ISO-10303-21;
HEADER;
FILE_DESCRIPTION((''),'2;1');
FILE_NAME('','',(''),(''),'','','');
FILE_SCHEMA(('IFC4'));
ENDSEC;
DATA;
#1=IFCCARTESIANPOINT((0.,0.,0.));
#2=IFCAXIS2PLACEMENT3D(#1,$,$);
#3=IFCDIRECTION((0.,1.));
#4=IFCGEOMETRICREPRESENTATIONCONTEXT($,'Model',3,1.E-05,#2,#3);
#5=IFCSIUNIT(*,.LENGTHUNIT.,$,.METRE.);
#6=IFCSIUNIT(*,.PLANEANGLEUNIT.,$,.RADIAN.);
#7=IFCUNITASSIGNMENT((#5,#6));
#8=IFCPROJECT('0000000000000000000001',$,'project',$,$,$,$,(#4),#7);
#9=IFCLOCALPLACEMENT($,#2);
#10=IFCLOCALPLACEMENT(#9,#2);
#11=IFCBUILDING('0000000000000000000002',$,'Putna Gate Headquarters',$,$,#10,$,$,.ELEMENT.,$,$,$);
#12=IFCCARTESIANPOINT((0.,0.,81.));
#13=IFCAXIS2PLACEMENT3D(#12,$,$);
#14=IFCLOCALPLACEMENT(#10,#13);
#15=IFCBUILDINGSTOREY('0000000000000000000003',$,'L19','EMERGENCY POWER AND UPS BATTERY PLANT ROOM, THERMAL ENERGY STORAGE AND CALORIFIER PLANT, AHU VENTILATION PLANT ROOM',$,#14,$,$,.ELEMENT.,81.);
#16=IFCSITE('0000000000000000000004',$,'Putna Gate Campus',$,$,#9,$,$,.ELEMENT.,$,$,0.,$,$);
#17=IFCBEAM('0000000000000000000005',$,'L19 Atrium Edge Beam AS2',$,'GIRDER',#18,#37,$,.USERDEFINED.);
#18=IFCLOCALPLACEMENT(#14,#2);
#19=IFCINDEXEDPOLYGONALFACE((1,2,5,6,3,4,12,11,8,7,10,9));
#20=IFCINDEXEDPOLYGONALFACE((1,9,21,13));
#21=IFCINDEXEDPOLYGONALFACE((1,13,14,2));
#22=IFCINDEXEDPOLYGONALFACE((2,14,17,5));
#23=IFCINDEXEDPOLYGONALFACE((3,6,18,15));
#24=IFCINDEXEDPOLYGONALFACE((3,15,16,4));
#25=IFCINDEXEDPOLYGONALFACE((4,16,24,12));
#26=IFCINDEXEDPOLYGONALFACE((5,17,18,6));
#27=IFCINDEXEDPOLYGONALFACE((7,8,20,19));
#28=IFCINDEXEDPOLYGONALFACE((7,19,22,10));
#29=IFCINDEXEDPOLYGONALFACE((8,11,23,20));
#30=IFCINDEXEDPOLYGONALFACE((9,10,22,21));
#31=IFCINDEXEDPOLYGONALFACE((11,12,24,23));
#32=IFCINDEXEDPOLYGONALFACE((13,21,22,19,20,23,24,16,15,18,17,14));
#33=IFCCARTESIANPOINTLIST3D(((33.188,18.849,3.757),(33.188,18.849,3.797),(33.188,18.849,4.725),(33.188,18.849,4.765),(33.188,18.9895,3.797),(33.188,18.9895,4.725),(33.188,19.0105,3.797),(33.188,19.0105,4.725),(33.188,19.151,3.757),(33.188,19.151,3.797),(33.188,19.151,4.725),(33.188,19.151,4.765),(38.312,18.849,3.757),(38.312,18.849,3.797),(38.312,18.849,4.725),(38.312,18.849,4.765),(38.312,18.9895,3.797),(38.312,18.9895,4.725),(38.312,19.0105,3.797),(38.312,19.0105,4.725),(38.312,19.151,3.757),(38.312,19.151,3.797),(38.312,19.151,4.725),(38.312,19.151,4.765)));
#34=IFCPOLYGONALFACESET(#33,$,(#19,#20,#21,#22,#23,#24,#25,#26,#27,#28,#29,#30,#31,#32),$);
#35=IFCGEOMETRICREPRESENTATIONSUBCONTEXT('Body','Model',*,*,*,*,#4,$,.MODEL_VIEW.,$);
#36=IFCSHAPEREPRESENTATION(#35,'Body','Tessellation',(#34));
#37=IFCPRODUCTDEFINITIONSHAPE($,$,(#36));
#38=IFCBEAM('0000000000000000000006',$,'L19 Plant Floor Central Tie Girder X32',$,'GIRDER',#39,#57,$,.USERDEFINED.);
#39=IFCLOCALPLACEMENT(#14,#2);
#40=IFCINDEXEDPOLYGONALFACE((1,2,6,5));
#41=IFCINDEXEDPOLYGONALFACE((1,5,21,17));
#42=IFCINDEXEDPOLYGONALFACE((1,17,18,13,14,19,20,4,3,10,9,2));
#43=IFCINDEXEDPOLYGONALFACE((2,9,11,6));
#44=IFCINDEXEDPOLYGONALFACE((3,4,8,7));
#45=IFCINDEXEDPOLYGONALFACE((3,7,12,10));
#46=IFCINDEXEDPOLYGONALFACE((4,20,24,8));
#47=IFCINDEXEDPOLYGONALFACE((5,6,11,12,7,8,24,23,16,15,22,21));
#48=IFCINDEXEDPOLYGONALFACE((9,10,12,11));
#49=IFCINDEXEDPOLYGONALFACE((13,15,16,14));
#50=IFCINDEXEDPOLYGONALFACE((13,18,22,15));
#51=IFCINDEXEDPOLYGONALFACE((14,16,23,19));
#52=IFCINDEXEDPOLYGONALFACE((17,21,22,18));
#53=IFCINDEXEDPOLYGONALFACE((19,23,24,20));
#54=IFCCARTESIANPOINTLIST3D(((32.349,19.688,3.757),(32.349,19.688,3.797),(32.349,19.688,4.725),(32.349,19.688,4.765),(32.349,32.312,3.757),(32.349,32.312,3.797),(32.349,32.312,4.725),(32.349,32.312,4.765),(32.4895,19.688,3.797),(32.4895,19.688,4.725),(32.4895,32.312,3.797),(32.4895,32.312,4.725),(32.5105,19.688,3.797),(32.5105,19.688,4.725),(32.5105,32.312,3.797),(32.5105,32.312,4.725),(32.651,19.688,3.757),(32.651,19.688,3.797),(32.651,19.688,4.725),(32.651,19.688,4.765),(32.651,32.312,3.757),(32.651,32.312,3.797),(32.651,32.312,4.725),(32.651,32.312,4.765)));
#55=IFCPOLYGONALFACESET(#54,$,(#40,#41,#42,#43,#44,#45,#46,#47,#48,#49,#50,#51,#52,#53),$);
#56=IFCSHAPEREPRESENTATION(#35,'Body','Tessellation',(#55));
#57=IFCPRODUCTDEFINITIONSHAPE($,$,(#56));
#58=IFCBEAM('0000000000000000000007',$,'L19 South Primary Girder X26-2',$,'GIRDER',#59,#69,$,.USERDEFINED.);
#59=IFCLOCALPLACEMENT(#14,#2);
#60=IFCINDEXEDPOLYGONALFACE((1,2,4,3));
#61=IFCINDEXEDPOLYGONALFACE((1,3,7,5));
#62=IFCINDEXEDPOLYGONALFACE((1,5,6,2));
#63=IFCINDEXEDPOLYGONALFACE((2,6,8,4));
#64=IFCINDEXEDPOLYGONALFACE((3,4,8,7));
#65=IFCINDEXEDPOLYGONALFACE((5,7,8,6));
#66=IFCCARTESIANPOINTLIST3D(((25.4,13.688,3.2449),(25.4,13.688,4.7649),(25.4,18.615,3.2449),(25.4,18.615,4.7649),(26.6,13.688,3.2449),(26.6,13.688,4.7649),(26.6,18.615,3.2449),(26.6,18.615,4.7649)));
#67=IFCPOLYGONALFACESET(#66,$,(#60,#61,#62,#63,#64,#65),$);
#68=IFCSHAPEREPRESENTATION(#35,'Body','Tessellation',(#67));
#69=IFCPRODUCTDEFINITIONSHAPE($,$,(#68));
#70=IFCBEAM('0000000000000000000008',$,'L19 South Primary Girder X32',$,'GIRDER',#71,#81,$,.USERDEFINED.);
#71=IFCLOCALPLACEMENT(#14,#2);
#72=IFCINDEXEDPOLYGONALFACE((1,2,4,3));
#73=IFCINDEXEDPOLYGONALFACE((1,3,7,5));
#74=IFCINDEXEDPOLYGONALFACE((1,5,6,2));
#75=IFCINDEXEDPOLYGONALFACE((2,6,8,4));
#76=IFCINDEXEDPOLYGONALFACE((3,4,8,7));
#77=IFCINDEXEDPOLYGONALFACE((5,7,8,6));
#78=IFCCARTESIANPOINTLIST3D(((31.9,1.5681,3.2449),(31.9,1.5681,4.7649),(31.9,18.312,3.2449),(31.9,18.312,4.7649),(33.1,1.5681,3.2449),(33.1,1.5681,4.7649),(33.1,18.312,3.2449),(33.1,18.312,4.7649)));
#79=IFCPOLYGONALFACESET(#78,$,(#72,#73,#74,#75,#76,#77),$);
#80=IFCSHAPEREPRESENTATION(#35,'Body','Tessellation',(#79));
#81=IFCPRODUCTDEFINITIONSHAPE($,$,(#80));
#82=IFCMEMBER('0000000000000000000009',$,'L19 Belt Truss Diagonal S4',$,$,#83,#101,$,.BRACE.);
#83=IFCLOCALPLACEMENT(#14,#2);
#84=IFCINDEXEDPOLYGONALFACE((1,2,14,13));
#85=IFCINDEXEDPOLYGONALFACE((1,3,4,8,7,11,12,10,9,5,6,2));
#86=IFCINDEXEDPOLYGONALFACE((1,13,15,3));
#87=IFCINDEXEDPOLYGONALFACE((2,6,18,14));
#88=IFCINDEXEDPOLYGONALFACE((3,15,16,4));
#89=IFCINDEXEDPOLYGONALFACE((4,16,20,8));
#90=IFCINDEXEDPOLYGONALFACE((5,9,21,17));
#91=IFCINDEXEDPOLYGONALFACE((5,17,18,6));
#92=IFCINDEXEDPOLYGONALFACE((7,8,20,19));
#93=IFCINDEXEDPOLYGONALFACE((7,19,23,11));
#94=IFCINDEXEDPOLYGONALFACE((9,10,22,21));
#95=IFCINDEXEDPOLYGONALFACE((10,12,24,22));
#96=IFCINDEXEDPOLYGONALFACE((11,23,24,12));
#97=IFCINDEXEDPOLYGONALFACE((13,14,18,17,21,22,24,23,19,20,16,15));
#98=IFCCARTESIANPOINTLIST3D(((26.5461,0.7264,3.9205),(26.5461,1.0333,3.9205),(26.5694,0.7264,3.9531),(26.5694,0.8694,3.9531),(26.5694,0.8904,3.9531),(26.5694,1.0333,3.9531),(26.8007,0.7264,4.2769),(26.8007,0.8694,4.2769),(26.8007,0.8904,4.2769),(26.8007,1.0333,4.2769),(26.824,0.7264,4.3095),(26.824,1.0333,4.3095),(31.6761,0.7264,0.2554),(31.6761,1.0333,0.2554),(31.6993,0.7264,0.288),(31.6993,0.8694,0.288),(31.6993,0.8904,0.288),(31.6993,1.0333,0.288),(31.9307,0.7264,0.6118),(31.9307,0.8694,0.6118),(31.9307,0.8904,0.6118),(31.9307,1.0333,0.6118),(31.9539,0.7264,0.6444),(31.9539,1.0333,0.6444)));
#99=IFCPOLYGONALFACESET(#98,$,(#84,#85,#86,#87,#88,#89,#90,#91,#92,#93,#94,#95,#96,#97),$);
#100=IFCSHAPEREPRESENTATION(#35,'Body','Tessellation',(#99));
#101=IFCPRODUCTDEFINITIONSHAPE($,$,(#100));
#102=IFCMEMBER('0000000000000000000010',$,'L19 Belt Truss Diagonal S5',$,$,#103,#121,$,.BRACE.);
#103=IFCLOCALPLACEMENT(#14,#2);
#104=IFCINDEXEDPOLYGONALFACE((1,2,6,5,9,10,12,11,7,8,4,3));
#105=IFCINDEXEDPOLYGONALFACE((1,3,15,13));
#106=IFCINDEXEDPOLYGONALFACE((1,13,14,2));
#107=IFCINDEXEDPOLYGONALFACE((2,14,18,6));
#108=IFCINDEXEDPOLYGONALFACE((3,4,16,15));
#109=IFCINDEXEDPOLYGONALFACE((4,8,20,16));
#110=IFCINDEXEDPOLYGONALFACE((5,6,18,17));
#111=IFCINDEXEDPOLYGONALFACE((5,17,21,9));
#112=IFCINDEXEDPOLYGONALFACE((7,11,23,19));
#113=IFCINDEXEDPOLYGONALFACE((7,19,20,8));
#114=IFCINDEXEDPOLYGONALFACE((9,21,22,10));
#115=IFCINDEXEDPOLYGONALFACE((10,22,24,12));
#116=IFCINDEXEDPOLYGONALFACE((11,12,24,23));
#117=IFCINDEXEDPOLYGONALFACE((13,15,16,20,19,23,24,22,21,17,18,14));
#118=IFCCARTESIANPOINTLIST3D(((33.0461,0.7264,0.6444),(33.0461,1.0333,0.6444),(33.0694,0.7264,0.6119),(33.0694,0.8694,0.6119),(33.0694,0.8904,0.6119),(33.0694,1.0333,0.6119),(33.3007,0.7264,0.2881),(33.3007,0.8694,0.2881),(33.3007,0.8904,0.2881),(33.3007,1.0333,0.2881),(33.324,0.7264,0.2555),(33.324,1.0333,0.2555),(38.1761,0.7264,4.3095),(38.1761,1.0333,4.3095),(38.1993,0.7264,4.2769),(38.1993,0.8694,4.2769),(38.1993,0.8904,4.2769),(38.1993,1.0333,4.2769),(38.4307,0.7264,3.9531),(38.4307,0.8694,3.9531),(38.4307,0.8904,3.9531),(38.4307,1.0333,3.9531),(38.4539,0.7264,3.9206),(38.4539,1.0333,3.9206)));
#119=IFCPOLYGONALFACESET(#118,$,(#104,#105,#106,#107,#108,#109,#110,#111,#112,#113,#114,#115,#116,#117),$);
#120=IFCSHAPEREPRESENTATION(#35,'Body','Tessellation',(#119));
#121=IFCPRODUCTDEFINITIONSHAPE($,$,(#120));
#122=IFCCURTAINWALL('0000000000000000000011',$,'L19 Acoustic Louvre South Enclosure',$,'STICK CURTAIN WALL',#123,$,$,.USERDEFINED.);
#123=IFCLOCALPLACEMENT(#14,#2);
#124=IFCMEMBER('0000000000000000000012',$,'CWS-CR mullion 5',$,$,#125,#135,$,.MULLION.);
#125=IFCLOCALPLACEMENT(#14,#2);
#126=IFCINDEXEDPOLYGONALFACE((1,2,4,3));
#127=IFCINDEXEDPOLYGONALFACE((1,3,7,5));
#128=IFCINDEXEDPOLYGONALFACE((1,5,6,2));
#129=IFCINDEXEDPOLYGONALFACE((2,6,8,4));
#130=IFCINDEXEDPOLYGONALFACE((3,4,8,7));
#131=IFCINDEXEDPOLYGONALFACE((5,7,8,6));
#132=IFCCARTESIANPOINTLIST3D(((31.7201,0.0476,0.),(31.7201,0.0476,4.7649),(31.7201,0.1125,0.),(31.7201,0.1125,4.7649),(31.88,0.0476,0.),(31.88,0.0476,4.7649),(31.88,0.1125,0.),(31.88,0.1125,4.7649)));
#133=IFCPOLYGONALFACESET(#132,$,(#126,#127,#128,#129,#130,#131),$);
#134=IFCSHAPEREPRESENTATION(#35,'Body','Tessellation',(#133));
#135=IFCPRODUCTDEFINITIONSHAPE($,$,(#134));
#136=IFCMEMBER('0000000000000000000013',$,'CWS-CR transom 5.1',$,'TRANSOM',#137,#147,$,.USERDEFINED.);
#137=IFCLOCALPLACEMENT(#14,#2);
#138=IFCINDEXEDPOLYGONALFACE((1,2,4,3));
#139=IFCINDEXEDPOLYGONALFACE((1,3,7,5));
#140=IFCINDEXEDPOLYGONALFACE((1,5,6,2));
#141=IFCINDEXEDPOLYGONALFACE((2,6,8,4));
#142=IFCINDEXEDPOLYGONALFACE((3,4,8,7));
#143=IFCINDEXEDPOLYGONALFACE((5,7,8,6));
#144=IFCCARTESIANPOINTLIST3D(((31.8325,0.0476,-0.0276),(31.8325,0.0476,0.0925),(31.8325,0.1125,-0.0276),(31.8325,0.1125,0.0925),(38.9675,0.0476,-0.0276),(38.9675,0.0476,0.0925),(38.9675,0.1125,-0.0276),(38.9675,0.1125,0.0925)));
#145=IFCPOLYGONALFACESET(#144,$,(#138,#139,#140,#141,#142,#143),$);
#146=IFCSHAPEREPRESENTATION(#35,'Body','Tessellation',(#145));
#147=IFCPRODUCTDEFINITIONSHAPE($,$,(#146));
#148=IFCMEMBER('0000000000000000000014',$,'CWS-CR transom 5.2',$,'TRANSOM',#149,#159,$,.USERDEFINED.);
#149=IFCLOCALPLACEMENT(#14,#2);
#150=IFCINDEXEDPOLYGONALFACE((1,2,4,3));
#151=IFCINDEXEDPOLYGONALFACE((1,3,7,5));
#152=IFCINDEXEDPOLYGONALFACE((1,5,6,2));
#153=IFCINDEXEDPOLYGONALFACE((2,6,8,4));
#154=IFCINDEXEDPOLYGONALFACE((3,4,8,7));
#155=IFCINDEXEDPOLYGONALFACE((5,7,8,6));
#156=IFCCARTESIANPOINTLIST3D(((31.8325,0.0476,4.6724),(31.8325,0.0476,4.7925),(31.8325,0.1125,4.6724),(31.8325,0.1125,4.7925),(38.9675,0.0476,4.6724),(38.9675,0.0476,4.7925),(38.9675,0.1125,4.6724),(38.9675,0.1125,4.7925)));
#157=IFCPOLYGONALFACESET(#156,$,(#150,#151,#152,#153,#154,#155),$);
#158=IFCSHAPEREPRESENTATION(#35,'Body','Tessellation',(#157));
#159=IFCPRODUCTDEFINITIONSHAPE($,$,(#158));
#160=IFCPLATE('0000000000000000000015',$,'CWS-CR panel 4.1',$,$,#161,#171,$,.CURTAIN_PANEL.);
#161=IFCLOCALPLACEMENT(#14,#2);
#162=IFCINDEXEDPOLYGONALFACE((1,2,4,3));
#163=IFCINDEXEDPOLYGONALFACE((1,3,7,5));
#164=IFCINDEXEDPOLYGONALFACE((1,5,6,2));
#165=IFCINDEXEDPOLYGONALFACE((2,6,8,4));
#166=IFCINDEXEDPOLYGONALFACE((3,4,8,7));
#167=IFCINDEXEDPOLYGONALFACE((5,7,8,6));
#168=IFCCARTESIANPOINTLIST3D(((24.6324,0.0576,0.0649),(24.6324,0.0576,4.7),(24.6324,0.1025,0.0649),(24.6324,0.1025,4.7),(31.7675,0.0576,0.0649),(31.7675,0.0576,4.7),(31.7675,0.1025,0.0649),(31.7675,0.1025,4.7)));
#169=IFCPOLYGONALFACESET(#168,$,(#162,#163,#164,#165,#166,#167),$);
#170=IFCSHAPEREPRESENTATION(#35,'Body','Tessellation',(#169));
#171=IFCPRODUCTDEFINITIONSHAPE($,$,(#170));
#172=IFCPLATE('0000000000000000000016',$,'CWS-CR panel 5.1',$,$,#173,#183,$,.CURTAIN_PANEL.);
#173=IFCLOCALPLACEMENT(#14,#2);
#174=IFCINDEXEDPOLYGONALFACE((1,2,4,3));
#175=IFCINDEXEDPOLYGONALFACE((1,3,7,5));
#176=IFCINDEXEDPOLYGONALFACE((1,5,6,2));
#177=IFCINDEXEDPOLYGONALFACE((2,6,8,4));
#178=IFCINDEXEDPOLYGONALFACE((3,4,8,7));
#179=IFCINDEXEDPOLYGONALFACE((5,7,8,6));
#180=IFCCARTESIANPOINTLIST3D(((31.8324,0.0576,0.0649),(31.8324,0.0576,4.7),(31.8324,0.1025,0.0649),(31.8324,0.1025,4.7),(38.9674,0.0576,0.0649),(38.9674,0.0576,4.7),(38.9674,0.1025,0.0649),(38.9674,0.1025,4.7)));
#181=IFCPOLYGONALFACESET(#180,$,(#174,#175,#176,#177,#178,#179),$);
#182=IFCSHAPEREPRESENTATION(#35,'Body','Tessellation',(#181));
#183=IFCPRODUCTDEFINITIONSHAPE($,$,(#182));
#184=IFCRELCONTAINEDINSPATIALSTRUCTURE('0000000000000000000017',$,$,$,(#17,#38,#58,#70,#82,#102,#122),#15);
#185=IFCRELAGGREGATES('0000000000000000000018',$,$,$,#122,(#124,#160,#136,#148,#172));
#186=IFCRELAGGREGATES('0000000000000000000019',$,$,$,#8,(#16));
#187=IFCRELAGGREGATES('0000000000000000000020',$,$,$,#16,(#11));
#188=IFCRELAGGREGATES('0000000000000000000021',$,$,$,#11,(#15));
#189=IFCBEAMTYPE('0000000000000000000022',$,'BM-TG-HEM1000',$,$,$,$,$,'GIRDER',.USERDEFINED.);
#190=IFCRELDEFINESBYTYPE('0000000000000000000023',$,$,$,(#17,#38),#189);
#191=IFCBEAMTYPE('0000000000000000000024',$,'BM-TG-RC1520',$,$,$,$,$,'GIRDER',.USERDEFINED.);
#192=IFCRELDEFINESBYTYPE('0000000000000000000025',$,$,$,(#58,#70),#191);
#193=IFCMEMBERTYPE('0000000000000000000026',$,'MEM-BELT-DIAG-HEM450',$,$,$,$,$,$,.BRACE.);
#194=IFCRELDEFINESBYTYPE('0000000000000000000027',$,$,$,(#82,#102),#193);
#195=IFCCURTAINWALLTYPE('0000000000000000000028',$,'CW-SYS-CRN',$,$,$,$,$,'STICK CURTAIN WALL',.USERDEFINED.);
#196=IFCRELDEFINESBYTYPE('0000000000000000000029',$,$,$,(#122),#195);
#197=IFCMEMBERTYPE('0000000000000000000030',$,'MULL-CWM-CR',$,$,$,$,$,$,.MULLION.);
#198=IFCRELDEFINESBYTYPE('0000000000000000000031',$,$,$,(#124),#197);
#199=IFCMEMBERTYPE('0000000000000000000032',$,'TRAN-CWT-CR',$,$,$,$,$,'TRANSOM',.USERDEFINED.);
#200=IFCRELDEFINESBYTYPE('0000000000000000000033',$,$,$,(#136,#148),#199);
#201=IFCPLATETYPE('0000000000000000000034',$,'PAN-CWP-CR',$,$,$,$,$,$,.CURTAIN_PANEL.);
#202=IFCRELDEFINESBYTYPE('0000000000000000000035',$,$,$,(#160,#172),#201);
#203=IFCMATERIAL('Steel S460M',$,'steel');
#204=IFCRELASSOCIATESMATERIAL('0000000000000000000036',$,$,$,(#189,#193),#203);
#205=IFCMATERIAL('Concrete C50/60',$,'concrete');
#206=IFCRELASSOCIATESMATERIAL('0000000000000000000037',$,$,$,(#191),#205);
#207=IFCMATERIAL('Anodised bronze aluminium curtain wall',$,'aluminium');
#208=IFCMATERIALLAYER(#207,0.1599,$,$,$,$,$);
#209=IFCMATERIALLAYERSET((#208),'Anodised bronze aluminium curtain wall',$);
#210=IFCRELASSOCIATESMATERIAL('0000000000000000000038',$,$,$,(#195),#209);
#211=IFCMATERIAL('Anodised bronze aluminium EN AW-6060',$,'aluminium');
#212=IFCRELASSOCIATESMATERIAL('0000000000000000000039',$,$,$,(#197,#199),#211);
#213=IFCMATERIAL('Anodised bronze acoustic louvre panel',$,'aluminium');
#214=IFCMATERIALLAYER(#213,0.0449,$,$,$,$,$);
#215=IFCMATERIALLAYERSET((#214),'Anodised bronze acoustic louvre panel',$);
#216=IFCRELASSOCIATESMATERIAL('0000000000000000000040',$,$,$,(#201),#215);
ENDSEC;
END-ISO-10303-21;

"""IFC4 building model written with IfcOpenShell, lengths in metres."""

from ifc_helpers import new_model, si_unit, direction, frame, origin, origin_2d, place, context, subcontext, project, spatial, rectangle, i_section, extrude, material, layer, layer_set, material_profile, profile_set, type_object, element, aggregate, save


model = new_model("IFC4")

# Units and contexts
model_context = context("Model", 3, precision=1e-05, world=origin(), true_north=direction((0.0, 1.0)))
body_context = subcontext(model_context, "Body", "Model", "MODEL_VIEW")
ifc_project = project(units=[si_unit("LENGTHUNIT", "METRE"), si_unit("PLANEANGLEUNIT", "RADIAN")], contexts=[model_context])

# Site, building, storey
site_placement = place(None, origin())
site = spatial("IfcSite", under=ifc_project, at=site_placement, Name="Putna Gate Campus", CompositionType="ELEMENT", RefElevation=0.0)
building_placement = place(site_placement, origin())
building = spatial("IfcBuilding", under=site, at=building_placement, Name="Putna Gate Headquarters", CompositionType="ELEMENT")
storey_placement = place(building_placement, frame((0.0, 0.0, 81.0)))
storey = spatial("IfcBuildingStorey", under=building, at=storey_placement, Name="L19", Description="EMERGENCY POWER AND UPS BATTERY PLANT ROOM, THERMAL ENERGY STORAGE AND CALORIFIER PLANT, AHU VENTILATION PLANT ROOM", CompositionType="ELEMENT", Elevation=81.0)

# Beams
ifc_material_1 = material(Name="Steel S460M", Category="steel")
ifc_material_profile_1 = material_profile(ifc_material_1, i_section(OverallWidth=0.302, OverallDepth=1.0081, WebThickness=0.021, FlangeThickness=0.04, at=origin_2d()), Name="Steel S460M")
ifc_profile_set_1 = profile_set([ifc_material_profile_1], Name="Steel S460M")
beam_type_1 = type_object("IfcBeamType", Name="BM-TG-HEM1000", ElementType="GIRDER", PredefinedType="USERDEFINED", material=ifc_profile_set_1)
beam_1_placement = place(storey_placement, frame((33.188, 19.0, 4.261), z_axis=(1.0, 0.0, 0.0), x_axis=(0.0, 1.0, 0.0)))
element("IfcBeam", 1, at=beam_1_placement, inside=storey, type_object=beam_type_1, Name="L19 Atrium Edge Beam AS2", ObjectType="GIRDER", PredefinedType="USERDEFINED", context=body_context, shape_type="SweptSolid", body=[
    extrude(i_section(OverallWidth=0.302, OverallDepth=1.0081, WebThickness=0.021, FlangeThickness=0.04, at=origin_2d()), origin(), (0.0, 0.0, 1.0), 5.124),
])
beam_2_placement = place(storey_placement, frame((32.5, 19.688, 4.261), z_axis=(0.0, 1.0, 0.0), x_axis=(-1.0, 0.0, 0.0)))
element("IfcBeam", 2, at=beam_2_placement, inside=storey, type_object=beam_type_1, Name="L19 Plant Floor Central Tie Girder X32", ObjectType="GIRDER", PredefinedType="USERDEFINED", context=body_context, shape_type="SweptSolid", body=[
    extrude(i_section(OverallWidth=0.302, OverallDepth=1.0081, WebThickness=0.021, FlangeThickness=0.04, at=origin_2d()), origin(), (0.0, 0.0, 1.0), 12.624),
])
ifc_material_2 = material(Name="Concrete C50/60", Category="concrete")
ifc_material_profile_2 = material_profile(ifc_material_2, rectangle(XDim=1.2, YDim=1.52, at=origin_2d()), Name="Concrete C50/60")
ifc_profile_set_2 = profile_set([ifc_material_profile_2], Name="Concrete C50/60")
beam_type_2 = type_object("IfcBeamType", Name="BM-TG-RC1520", ElementType="GIRDER", PredefinedType="USERDEFINED", material=ifc_profile_set_2)
beam_3_placement = place(storey_placement, frame((26.0, 13.688, 4.0049), z_axis=(0.0, 1.0, 0.0), x_axis=(-1.0, 0.0, 0.0)))
element("IfcBeam", 3, at=beam_3_placement, inside=storey, type_object=beam_type_2, Name="L19 South Primary Girder X26-2", ObjectType="GIRDER", PredefinedType="USERDEFINED", context=body_context, shape_type="SweptSolid", body=[
    extrude(rectangle(XDim=1.2, YDim=1.52, at=origin_2d()), origin(), (0.0, 0.0, 1.0), 4.927),
])
beam_4_placement = place(storey_placement, frame((32.5, 1.5681, 4.0049), z_axis=(0.0, 1.0, 0.0), x_axis=(-1.0, 0.0, 0.0)))
element("IfcBeam", 4, at=beam_4_placement, inside=storey, type_object=beam_type_2, Name="L19 South Primary Girder X32", ObjectType="GIRDER", PredefinedType="USERDEFINED", context=body_context, shape_type="SweptSolid", body=[
    extrude(rectangle(XDim=1.2, YDim=1.52, at=origin_2d()), origin(), (0.0, 0.0, 1.0), 16.7439),
])

# Members
ifc_material_profile_3 = material_profile(ifc_material_1, i_section(OverallWidth=0.3069, OverallDepth=0.478, WebThickness=0.021, FlangeThickness=0.04, at=origin_2d()), Name="Steel S460M")
ifc_profile_set_3 = profile_set([ifc_material_profile_3], Name="Steel S460M")
member_type_1 = type_object("IfcMemberType", Name="MEM-BELT-DIAG-HEM450", PredefinedType="BRACE", material=ifc_profile_set_3)
for number, where, z_axis, x_axis, name in (
    (5, (26.6851, 0.8799, 4.115), (0.813671, 0.0, -0.581326), (0.0, 1.0, 0.0), "L19 Belt Truss Diagonal S4"),
    (6, (33.1851, 0.8799, 0.45), (0.813671, 0.0, 0.581326), (0.0, 1.0, 0.0), "L19 Belt Truss Diagonal S5"),
):
    element("IfcMember", number, at=place(storey_placement, frame(where, z_axis=z_axis, x_axis=x_axis)), inside=storey, type_object=member_type_1, Name=name, PredefinedType="BRACE", context=body_context, shape_type="SweptSolid", body=[
        extrude(i_section(OverallWidth=0.3069, OverallDepth=0.478, WebThickness=0.021, FlangeThickness=0.04, at=origin_2d()), origin(), (0.0, 0.0, 1.0), 6.3047),
    ])

# Curtain wall, members, plates
ifc_material_3 = material(Name="Anodised bronze aluminium curtain wall", Category="aluminium")
ifc_layer_1 = layer(ifc_material_3, 0.1599)
ifc_layer_set_1 = layer_set([ifc_layer_1], Name="Anodised bronze aluminium curtain wall")
curtain_wall_type = type_object("IfcCurtainWallType", Name="CW-SYS-CRN", ElementType="STICK CURTAIN WALL", PredefinedType="USERDEFINED", material=ifc_layer_set_1)
curtain_wall_placement = place(storey_placement, origin())
curtain_wall = element("IfcCurtainWall", 7, at=curtain_wall_placement, inside=storey, type_object=curtain_wall_type, Name="L19 Acoustic Louvre South Enclosure", ObjectType="STICK CURTAIN WALL", PredefinedType="USERDEFINED")
ifc_material_4 = material(Name="Anodised bronze aluminium EN AW-6060", Category="aluminium")
ifc_material_profile_4 = material_profile(ifc_material_4, rectangle(XDim=0.0649, YDim=0.1599, at=origin_2d()), Name="Anodised bronze aluminium EN AW-6060")
ifc_profile_set_4 = profile_set([ifc_material_profile_4], Name="Anodised bronze aluminium EN AW-6060")
member_type_2 = type_object("IfcMemberType", Name="MULL-CWM-CR", PredefinedType="MULLION", material=ifc_profile_set_4)
member_1_placement = place(storey_placement, frame((31.8, 0.0801, 0.0), z_axis=(0.0, 0.0, 1.0), x_axis=(0.0, 1.0, 0.0)))
member_1 = element("IfcMember", 8, at=member_1_placement, type_object=member_type_2, Name="CWS-CR mullion 5", PredefinedType="MULLION", context=body_context, shape_type="SweptSolid", body=[
    extrude(rectangle(XDim=0.0649, YDim=0.1599, at=origin_2d()), origin(), (0.0, 0.0, 1.0), 4.7649),
])
ifc_material_profile_5 = material_profile(ifc_material_4, rectangle(XDim=0.0649, YDim=0.1201, at=origin_2d()), Name="Anodised bronze aluminium EN AW-6060")
ifc_profile_set_5 = profile_set([ifc_material_profile_5], Name="Anodised bronze aluminium EN AW-6060")
member_type_3 = type_object("IfcMemberType", Name="TRAN-CWT-CR", ElementType="TRANSOM", PredefinedType="USERDEFINED", material=ifc_profile_set_5)
member_2_placement = place(storey_placement, frame((31.8325, 0.0801, 0.0325), z_axis=(1.0, 0.0, 0.0), x_axis=(0.0, 1.0, 0.0)))
member_2 = element("IfcMember", 9, at=member_2_placement, type_object=member_type_3, Name="CWS-CR transom 5.1", ObjectType="TRANSOM", PredefinedType="USERDEFINED", context=body_context, shape_type="SweptSolid", body=[
    extrude(rectangle(XDim=0.0649, YDim=0.1201, at=origin_2d()), origin(), (0.0, 0.0, 1.0), 7.135),
])
member_3_placement = place(storey_placement, frame((31.8325, 0.0801, 4.7324), z_axis=(1.0, 0.0, 0.0), x_axis=(0.0, 1.0, 0.0)))
member_3 = element("IfcMember", 10, at=member_3_placement, type_object=member_type_3, Name="CWS-CR transom 5.2", ObjectType="TRANSOM", PredefinedType="USERDEFINED", context=body_context, shape_type="SweptSolid", body=[
    extrude(rectangle(XDim=0.0649, YDim=0.1201, at=origin_2d()), origin(), (0.0, 0.0, 1.0), 7.135),
])
ifc_material_5 = material(Name="Anodised bronze acoustic louvre panel", Category="aluminium")
ifc_layer_2 = layer(ifc_material_5, 0.0449)
ifc_layer_set_2 = layer_set([ifc_layer_2], Name="Anodised bronze acoustic louvre panel")
plate_type_1 = type_object("IfcPlateType", Name="PAN-CWP-CR", PredefinedType="CURTAIN_PANEL", material=ifc_layer_set_2)
plate_1_placement = place(storey_placement, frame((28.2, 0.0801, 0.0649), z_axis=(0.0, 0.0, 1.0), x_axis=(1.0, 0.0, 0.0)))
plate_1 = element("IfcPlate", 11, at=plate_1_placement, type_object=plate_type_1, Name="CWS-CR panel 4.1", PredefinedType="CURTAIN_PANEL", context=body_context, shape_type="SweptSolid", body=[
    extrude(rectangle(XDim=7.135, YDim=0.0449, at=origin_2d()), origin(), (0.0, 0.0, 1.0), 4.635),
])
plate_2_placement = place(storey_placement, frame((35.3999, 0.0801, 0.0649), z_axis=(0.0, 0.0, 1.0), x_axis=(1.0, 0.0, 0.0)))
plate_2 = element("IfcPlate", 12, at=plate_2_placement, type_object=plate_type_1, Name="CWS-CR panel 5.1", PredefinedType="CURTAIN_PANEL", context=body_context, shape_type="SweptSolid", body=[
    extrude(rectangle(XDim=7.135, YDim=0.0449, at=origin_2d()), origin(), (0.0, 0.0, 1.0), 4.635),
])
aggregate(curtain_wall, [member_1, plate_1, member_2, member_3, plate_2])

save(model, "model.ifc")
